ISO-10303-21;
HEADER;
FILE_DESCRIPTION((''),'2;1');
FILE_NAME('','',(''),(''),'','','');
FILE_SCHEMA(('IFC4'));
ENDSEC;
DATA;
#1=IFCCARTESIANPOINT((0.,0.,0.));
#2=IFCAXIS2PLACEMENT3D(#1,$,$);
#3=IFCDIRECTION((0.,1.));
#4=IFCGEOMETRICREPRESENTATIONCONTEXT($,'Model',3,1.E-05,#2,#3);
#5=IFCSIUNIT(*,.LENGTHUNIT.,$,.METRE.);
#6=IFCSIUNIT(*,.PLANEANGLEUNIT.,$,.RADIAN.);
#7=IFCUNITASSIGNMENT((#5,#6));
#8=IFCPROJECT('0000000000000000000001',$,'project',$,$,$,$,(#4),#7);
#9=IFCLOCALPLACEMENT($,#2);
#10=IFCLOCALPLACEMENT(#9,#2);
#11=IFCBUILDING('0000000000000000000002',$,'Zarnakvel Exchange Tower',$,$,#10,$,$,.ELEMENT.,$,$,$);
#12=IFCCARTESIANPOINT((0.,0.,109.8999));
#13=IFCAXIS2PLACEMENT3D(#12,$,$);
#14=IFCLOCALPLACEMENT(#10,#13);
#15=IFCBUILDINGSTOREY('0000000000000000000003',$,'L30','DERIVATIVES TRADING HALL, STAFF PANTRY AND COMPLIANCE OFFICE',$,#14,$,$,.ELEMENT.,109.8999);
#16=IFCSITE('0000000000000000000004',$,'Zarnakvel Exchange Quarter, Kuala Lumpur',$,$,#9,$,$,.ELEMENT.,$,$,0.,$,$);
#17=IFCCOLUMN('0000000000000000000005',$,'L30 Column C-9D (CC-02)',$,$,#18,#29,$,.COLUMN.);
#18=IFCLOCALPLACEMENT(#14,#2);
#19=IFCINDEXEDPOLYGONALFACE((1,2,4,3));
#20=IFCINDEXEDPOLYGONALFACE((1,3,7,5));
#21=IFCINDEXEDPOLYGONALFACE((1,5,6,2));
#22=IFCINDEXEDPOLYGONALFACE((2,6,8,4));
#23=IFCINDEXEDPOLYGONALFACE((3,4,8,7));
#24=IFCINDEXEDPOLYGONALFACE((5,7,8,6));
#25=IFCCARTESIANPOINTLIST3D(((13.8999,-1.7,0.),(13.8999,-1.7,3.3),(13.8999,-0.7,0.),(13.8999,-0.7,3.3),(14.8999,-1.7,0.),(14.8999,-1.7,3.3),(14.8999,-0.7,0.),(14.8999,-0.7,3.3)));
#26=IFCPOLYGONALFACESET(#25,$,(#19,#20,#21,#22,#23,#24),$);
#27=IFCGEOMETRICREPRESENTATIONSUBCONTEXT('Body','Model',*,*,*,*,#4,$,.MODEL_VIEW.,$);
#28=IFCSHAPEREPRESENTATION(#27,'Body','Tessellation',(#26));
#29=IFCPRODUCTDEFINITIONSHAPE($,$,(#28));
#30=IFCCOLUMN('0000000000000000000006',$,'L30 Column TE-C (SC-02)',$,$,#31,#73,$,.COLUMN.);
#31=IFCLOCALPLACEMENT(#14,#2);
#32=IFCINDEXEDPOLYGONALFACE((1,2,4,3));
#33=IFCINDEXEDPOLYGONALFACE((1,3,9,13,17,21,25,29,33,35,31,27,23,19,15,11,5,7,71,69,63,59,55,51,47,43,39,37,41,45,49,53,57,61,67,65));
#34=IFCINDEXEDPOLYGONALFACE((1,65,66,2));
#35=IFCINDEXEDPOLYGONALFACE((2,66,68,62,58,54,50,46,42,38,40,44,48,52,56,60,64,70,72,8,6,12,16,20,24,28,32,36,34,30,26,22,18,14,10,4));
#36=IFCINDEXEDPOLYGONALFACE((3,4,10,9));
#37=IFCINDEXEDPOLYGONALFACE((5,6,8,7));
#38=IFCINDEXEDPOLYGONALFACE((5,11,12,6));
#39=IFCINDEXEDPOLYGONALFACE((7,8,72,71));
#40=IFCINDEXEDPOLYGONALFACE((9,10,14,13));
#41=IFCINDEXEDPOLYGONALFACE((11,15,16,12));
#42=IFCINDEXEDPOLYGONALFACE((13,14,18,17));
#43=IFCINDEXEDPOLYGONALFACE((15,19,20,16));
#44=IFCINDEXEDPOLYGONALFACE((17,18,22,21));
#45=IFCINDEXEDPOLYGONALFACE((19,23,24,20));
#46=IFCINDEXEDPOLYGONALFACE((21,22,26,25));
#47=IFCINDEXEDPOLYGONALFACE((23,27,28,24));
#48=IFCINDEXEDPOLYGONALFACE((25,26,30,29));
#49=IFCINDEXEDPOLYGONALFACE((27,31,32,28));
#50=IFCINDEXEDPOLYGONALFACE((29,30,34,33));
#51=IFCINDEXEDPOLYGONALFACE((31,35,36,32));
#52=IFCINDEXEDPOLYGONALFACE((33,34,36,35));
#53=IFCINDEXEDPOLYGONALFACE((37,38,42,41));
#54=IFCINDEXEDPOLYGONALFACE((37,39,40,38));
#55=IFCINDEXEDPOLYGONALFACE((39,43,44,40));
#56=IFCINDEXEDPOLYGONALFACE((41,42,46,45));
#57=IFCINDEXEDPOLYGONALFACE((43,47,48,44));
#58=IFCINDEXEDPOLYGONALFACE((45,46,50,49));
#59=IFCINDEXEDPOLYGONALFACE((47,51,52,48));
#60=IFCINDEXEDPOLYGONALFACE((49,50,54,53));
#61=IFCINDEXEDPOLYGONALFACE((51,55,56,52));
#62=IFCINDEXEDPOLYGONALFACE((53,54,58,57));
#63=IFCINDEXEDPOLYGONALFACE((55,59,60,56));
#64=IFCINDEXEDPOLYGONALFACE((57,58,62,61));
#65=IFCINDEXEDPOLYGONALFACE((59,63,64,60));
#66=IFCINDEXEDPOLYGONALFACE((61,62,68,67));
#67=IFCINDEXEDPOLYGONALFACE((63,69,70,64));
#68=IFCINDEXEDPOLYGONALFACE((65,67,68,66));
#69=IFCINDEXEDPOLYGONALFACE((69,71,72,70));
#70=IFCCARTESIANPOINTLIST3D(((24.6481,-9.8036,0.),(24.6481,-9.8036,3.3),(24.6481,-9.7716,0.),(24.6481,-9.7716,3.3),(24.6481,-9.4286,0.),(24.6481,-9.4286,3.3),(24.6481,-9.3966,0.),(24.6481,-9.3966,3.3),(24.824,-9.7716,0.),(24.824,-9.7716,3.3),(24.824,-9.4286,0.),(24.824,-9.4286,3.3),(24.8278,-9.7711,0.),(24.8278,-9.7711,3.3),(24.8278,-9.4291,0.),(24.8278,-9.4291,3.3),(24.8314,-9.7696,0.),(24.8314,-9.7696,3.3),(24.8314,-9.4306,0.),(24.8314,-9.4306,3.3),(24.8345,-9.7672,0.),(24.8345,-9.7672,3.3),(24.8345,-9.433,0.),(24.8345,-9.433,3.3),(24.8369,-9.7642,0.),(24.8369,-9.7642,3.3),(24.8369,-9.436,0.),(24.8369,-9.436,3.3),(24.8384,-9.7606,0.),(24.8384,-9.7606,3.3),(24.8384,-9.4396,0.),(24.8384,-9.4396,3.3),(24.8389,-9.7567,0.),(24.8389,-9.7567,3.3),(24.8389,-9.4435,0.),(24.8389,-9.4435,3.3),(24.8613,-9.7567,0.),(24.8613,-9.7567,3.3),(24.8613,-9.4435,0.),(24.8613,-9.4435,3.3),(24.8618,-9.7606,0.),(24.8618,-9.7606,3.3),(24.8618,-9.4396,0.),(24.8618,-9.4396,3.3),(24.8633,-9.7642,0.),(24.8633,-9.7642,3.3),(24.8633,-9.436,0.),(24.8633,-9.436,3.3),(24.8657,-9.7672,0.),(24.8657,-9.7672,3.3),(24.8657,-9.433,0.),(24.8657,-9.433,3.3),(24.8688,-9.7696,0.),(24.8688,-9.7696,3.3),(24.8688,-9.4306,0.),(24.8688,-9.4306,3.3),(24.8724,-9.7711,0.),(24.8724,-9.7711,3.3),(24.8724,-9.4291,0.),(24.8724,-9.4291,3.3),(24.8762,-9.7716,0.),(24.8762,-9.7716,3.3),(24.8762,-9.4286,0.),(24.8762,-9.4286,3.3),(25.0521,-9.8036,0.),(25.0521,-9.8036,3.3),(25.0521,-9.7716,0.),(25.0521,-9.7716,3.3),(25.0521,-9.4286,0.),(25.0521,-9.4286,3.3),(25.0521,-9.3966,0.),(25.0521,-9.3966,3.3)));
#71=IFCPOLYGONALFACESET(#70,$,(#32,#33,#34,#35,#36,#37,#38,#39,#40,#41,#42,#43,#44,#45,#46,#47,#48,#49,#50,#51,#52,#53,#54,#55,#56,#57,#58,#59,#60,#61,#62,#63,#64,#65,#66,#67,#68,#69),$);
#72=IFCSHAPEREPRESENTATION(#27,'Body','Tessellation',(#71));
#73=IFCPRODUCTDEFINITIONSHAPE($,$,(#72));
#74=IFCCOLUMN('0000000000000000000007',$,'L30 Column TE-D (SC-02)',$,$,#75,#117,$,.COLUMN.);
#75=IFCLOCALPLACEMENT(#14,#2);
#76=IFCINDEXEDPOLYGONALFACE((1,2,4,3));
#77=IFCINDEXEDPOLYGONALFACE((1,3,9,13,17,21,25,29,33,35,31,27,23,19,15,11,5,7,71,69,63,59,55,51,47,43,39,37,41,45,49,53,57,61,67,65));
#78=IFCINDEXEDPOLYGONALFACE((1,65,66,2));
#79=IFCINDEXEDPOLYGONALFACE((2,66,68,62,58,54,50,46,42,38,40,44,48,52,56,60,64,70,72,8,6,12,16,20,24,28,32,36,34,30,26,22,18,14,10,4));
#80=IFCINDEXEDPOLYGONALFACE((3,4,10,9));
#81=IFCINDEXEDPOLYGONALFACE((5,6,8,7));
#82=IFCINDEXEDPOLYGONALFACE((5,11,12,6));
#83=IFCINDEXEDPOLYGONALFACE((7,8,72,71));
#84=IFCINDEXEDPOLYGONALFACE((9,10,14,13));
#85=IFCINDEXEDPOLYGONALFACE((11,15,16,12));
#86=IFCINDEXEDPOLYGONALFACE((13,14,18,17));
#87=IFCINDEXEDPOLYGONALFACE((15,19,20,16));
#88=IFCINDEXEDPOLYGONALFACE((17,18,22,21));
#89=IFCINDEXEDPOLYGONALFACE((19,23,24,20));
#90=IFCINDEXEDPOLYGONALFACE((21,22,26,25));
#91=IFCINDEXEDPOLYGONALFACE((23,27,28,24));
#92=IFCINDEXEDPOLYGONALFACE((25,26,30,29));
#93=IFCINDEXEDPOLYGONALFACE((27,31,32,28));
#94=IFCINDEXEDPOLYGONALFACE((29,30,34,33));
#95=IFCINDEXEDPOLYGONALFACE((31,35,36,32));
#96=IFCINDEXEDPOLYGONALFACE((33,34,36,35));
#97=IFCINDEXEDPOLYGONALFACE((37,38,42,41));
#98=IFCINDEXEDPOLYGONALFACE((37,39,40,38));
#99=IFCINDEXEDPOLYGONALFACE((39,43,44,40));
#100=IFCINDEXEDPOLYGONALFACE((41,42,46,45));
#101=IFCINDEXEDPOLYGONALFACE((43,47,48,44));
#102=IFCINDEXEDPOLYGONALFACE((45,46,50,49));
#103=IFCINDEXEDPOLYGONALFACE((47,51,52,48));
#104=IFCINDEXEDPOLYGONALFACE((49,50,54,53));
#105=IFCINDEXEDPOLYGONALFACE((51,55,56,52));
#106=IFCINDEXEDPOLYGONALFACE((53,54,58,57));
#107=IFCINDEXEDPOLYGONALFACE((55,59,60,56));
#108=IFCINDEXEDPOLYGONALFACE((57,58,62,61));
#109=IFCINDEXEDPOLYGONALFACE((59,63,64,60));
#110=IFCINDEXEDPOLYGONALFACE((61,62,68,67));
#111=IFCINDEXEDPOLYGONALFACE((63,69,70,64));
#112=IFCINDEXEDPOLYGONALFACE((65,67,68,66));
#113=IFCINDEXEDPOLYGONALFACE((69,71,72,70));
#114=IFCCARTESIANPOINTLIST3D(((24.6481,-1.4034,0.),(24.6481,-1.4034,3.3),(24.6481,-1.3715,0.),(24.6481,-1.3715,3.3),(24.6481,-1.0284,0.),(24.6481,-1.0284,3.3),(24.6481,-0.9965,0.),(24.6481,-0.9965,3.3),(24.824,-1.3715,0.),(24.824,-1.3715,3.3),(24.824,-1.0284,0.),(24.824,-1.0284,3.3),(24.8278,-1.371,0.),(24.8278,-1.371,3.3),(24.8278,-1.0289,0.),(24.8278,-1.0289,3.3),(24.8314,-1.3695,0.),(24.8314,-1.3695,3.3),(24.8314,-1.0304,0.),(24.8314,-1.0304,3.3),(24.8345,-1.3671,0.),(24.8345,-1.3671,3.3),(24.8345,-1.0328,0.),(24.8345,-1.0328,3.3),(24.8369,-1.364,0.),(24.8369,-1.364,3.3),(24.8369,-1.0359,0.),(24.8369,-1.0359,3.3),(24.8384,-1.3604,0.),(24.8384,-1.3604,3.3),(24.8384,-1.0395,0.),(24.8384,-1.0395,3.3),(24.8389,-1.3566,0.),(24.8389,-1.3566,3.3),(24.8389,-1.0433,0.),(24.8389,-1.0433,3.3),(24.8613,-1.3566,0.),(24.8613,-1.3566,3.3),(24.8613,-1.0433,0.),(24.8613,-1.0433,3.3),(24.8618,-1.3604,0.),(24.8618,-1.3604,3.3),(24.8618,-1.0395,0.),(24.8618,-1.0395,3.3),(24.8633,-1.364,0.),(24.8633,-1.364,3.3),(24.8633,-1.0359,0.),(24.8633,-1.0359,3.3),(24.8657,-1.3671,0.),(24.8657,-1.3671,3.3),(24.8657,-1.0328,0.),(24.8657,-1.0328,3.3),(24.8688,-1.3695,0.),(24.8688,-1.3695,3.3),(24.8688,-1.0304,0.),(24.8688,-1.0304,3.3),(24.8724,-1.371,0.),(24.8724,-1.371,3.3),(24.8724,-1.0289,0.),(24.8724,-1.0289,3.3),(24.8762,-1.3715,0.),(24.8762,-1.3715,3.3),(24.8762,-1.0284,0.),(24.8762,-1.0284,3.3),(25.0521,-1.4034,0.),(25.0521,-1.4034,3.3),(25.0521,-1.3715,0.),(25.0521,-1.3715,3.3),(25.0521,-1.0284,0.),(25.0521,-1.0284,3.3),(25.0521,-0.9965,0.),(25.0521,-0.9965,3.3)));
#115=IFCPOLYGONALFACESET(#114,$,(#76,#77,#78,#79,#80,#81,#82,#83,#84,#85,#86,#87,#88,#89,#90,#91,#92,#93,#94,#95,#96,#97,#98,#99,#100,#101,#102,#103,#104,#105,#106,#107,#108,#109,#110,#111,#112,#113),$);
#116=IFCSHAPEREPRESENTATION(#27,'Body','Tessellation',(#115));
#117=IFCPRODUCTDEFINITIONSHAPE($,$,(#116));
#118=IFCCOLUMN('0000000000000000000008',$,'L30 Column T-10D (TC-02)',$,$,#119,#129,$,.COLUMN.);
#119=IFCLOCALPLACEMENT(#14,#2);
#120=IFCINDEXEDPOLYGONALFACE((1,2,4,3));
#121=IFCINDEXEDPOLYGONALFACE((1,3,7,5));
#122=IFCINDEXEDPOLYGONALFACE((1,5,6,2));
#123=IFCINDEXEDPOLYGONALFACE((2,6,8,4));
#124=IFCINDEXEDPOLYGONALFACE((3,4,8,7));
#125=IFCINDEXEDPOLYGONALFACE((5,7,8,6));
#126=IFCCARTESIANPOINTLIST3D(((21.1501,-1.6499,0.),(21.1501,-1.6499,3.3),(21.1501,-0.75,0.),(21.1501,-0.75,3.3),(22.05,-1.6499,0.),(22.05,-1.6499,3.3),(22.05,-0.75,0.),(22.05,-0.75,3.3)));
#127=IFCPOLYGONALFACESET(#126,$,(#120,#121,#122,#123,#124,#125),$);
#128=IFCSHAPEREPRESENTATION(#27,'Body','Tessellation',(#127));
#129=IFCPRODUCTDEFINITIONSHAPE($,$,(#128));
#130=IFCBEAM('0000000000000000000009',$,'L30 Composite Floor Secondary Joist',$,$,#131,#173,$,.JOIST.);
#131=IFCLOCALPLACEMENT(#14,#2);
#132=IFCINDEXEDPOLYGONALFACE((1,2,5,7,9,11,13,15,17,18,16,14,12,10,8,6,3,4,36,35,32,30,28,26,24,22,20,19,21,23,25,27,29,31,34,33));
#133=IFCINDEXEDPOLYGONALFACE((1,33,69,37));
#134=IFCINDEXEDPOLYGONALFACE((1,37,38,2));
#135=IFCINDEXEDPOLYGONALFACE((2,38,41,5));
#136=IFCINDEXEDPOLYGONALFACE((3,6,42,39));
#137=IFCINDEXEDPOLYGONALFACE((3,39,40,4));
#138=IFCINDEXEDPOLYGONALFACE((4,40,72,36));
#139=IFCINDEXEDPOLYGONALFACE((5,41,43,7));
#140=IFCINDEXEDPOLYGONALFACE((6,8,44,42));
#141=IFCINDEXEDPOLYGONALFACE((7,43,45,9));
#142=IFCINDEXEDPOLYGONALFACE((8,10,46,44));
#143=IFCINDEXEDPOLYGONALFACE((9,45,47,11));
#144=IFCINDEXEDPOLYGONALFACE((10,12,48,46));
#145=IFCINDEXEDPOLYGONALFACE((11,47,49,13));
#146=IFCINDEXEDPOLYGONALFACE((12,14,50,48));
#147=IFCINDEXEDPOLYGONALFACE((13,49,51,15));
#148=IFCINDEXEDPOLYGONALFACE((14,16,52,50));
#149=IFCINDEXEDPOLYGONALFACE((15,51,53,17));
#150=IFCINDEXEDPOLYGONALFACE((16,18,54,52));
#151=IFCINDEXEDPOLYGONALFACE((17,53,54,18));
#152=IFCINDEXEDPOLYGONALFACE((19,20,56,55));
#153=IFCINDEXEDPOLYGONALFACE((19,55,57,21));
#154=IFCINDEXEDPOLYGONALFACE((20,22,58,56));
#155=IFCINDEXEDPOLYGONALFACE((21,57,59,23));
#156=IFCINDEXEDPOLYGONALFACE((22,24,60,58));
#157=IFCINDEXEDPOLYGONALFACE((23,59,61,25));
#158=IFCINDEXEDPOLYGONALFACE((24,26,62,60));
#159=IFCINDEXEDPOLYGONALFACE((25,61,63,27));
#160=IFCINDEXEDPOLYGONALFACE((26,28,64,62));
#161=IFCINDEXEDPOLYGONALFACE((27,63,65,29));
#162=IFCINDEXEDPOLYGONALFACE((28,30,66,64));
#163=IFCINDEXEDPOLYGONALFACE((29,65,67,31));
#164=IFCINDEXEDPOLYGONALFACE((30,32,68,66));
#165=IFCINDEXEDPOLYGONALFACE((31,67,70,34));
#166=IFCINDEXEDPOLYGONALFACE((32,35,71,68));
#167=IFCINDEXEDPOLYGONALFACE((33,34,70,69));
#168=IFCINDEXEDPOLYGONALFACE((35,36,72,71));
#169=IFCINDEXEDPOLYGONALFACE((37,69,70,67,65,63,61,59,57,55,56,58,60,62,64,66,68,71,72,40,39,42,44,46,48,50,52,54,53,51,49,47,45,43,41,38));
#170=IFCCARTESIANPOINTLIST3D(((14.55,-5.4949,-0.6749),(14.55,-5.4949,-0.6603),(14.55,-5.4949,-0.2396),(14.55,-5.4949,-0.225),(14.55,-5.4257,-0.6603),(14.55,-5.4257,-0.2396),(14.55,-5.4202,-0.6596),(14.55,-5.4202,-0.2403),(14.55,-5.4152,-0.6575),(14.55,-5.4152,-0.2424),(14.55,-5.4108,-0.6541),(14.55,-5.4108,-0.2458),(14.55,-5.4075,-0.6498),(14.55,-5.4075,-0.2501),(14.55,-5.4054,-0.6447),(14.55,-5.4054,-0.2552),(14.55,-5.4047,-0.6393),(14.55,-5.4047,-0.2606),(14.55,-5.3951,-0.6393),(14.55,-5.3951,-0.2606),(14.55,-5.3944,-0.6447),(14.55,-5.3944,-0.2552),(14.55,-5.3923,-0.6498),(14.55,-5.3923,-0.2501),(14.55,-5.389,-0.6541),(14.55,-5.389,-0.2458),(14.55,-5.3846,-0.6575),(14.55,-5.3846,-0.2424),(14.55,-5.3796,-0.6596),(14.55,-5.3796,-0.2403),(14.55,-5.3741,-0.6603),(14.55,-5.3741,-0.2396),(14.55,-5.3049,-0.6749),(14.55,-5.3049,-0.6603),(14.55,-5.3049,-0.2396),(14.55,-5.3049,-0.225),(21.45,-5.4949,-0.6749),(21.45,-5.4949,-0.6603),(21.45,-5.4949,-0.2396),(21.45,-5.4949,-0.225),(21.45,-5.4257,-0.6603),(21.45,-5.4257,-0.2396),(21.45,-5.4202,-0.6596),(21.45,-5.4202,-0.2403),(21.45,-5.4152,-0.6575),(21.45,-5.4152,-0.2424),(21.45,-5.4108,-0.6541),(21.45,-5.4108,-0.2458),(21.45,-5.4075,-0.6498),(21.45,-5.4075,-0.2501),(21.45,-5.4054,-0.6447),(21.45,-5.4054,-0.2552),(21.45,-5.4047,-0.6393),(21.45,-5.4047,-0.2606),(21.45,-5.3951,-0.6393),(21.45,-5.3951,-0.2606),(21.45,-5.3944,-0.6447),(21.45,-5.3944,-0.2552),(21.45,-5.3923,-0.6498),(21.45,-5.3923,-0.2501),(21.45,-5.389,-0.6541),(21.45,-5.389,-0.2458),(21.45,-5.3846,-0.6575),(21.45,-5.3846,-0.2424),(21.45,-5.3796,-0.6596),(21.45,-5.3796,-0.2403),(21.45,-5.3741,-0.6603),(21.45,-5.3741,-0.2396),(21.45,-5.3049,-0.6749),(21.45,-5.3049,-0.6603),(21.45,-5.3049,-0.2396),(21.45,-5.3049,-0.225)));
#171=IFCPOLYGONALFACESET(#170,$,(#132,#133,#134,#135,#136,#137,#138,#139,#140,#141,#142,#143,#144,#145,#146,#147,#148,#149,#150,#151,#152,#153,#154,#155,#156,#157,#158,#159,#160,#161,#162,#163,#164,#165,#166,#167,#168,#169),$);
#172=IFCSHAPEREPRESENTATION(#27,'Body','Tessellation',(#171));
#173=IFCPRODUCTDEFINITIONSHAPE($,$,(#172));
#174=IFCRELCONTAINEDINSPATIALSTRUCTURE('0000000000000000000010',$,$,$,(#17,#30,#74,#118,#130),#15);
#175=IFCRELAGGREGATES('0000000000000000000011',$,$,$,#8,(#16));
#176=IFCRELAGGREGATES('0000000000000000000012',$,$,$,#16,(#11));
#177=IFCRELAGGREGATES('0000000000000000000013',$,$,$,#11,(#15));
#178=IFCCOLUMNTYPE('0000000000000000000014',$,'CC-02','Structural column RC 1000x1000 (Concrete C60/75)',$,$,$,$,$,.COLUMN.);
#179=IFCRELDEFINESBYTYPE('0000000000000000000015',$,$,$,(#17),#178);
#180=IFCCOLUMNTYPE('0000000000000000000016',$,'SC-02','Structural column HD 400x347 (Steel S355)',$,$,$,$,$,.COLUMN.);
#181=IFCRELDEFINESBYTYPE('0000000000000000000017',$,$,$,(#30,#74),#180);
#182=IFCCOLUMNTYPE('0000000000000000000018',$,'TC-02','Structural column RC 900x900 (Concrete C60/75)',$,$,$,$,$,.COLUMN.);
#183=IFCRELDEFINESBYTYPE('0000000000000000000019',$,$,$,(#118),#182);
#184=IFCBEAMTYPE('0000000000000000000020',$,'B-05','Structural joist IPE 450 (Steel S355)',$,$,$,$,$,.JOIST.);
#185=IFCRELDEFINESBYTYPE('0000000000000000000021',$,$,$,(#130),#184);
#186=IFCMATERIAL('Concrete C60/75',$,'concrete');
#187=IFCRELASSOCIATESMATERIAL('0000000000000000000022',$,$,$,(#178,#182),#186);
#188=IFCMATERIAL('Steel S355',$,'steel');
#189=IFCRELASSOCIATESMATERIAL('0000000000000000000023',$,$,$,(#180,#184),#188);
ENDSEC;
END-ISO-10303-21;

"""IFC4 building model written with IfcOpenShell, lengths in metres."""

from ifc_helpers import new_model, si_unit, direction, frame, origin, origin_2d, place, context, subcontext, project, spatial, rectangle, i_section, extrude, material, material_profile, profile_set, type_object, element, save


model = new_model("IFC4")

# Units and contexts
model_context = context("Model", 3, precision=1e-05, world=origin(), true_north=direction((0.0, 1.0)))
body_context = subcontext(model_context, "Body", "Model", "MODEL_VIEW")
ifc_project = project(units=[si_unit("LENGTHUNIT", "METRE"), si_unit("PLANEANGLEUNIT", "RADIAN")], contexts=[model_context])

# Site, building, storey
site_placement = place(None, origin())
site = spatial("IfcSite", under=ifc_project, at=site_placement, Name="Zarnakvel Exchange Quarter, Kuala Lumpur", CompositionType="ELEMENT", RefElevation=0.0)
building_placement = place(site_placement, origin())
building = spatial("IfcBuilding", under=site, at=building_placement, Name="Zarnakvel Exchange Tower", CompositionType="ELEMENT")
storey_placement = place(building_placement, frame((0.0, 0.0, 109.8999)))
storey = spatial("IfcBuildingStorey", under=building, at=storey_placement, Name="L30", Description="DERIVATIVES TRADING HALL, STAFF PANTRY AND COMPLIANCE OFFICE", CompositionType="ELEMENT", Elevation=109.8999)

# Columns
ifc_material_1 = material(Name="Concrete C60/75", Category="concrete")
ifc_material_profile_1 = material_profile(ifc_material_1, rectangle(XDim=1.0, YDim=1.0, at=origin_2d()))
ifc_profile_set_1 = profile_set([ifc_material_profile_1], Name="Concrete C60/75")
column_type_1 = type_object("IfcColumnType", Name="CC-02", Description="Structural column RC 1000x1000 (Concrete C60/75)", PredefinedType="COLUMN", material=ifc_profile_set_1)
column_1_placement = place(storey_placement, frame((14.3999, -1.2, 0.0), z_axis=(0.0, 0.0, 1.0), x_axis=(1.0, 0.0, 0.0)))
element("IfcColumn", 1, at=column_1_placement, inside=storey, type_object=column_type_1, Name="L30 Column C-9D (CC-02)", PredefinedType="COLUMN", context=body_context, shape_type="SweptSolid", body=[
    extrude(rectangle(XDim=1.0, YDim=1.0, at=origin_2d()), origin(), (0.0, 0.0, 1.0), 3.3),
])
ifc_material_2 = material(Name="Steel S355", Category="steel")
ifc_material_profile_2 = material_profile(ifc_material_2, i_section(OverallWidth=0.4041, OverallDepth=0.407, WebThickness=0.0225, FlangeThickness=0.032, FilletRadius=0.0149, at=origin_2d()))
ifc_profile_set_2 = profile_set([ifc_material_profile_2], Name="Steel S355")
column_type_2 = type_object("IfcColumnType", Name="SC-02", Description="Structural column HD 400x347 (Steel S355)", PredefinedType="COLUMN", material=ifc_profile_set_2)
for number, where, z_axis, x_axis, name in (
    (2, (24.8501, -9.6001, 0.0), (0.0, 0.0, 1.0), (1.0, 0.0, 0.0), "L30 Column TE-C (SC-02)"),
    (3, (24.8501, -1.2, 0.0), (0.0, 0.0, 1.0), (1.0, 0.0, 0.0), "L30 Column TE-D (SC-02)"),
):
    element("IfcColumn", number, at=place(storey_placement, frame(where, z_axis=z_axis, x_axis=x_axis)), inside=storey, type_object=column_type_2, Name=name, PredefinedType="COLUMN", context=body_context, shape_type="SweptSolid", body=[
        extrude(i_section(OverallWidth=0.4041, OverallDepth=0.407, WebThickness=0.0225, FlangeThickness=0.032, FilletRadius=0.0149, at=origin_2d()), origin(), (0.0, 0.0, 1.0), 3.3),
    ])
ifc_material_profile_3 = material_profile(ifc_material_1, rectangle(XDim=0.8999, YDim=0.8999, at=origin_2d()))
ifc_profile_set_3 = profile_set([ifc_material_profile_3], Name="Concrete C60/75")
column_type_3 = type_object("IfcColumnType", Name="TC-02", Description="Structural column RC 900x900 (Concrete C60/75)", PredefinedType="COLUMN", material=ifc_profile_set_3)
column_2_placement = place(storey_placement, frame((21.6001, -1.2, 0.0), z_axis=(0.0, 0.0, 1.0), x_axis=(1.0, 0.0, 0.0)))
element("IfcColumn", 4, at=column_2_placement, inside=storey, type_object=column_type_3, Name="L30 Column T-10D (TC-02)", PredefinedType="COLUMN", context=body_context, shape_type="SweptSolid", body=[
    extrude(rectangle(XDim=0.8999, YDim=0.8999, at=origin_2d()), origin(), (0.0, 0.0, 1.0), 3.3),
])

# Beam
ifc_material_profile_4 = material_profile(ifc_material_2, i_section(OverallWidth=0.1899, OverallDepth=0.45, WebThickness=0.0095, FlangeThickness=0.0146, FilletRadius=0.021, at=origin_2d()))
ifc_profile_set_4 = profile_set([ifc_material_profile_4], Name="Steel S355")
beam_type_1 = type_object("IfcBeamType", Name="B-05", Description="Structural joist IPE 450 (Steel S355)", PredefinedType="JOIST", material=ifc_profile_set_4)
beam_1_placement = place(storey_placement, frame((14.55, -5.3999, -0.45), z_axis=(1.0, 0.0, 0.0), x_axis=(0.0, 1.0, 0.0)))
element("IfcBeam", 5, at=beam_1_placement, inside=storey, type_object=beam_type_1, Name="L30 Composite Floor Secondary Joist", PredefinedType="JOIST", context=body_context, shape_type="SweptSolid", body=[
    extrude(i_section(OverallWidth=0.1899, OverallDepth=0.45, WebThickness=0.0095, FlangeThickness=0.0146, FilletRadius=0.021, at=origin_2d()), origin(), (0.0, 0.0, 1.0), 6.8999),
])

save(model, "model.ifc")
